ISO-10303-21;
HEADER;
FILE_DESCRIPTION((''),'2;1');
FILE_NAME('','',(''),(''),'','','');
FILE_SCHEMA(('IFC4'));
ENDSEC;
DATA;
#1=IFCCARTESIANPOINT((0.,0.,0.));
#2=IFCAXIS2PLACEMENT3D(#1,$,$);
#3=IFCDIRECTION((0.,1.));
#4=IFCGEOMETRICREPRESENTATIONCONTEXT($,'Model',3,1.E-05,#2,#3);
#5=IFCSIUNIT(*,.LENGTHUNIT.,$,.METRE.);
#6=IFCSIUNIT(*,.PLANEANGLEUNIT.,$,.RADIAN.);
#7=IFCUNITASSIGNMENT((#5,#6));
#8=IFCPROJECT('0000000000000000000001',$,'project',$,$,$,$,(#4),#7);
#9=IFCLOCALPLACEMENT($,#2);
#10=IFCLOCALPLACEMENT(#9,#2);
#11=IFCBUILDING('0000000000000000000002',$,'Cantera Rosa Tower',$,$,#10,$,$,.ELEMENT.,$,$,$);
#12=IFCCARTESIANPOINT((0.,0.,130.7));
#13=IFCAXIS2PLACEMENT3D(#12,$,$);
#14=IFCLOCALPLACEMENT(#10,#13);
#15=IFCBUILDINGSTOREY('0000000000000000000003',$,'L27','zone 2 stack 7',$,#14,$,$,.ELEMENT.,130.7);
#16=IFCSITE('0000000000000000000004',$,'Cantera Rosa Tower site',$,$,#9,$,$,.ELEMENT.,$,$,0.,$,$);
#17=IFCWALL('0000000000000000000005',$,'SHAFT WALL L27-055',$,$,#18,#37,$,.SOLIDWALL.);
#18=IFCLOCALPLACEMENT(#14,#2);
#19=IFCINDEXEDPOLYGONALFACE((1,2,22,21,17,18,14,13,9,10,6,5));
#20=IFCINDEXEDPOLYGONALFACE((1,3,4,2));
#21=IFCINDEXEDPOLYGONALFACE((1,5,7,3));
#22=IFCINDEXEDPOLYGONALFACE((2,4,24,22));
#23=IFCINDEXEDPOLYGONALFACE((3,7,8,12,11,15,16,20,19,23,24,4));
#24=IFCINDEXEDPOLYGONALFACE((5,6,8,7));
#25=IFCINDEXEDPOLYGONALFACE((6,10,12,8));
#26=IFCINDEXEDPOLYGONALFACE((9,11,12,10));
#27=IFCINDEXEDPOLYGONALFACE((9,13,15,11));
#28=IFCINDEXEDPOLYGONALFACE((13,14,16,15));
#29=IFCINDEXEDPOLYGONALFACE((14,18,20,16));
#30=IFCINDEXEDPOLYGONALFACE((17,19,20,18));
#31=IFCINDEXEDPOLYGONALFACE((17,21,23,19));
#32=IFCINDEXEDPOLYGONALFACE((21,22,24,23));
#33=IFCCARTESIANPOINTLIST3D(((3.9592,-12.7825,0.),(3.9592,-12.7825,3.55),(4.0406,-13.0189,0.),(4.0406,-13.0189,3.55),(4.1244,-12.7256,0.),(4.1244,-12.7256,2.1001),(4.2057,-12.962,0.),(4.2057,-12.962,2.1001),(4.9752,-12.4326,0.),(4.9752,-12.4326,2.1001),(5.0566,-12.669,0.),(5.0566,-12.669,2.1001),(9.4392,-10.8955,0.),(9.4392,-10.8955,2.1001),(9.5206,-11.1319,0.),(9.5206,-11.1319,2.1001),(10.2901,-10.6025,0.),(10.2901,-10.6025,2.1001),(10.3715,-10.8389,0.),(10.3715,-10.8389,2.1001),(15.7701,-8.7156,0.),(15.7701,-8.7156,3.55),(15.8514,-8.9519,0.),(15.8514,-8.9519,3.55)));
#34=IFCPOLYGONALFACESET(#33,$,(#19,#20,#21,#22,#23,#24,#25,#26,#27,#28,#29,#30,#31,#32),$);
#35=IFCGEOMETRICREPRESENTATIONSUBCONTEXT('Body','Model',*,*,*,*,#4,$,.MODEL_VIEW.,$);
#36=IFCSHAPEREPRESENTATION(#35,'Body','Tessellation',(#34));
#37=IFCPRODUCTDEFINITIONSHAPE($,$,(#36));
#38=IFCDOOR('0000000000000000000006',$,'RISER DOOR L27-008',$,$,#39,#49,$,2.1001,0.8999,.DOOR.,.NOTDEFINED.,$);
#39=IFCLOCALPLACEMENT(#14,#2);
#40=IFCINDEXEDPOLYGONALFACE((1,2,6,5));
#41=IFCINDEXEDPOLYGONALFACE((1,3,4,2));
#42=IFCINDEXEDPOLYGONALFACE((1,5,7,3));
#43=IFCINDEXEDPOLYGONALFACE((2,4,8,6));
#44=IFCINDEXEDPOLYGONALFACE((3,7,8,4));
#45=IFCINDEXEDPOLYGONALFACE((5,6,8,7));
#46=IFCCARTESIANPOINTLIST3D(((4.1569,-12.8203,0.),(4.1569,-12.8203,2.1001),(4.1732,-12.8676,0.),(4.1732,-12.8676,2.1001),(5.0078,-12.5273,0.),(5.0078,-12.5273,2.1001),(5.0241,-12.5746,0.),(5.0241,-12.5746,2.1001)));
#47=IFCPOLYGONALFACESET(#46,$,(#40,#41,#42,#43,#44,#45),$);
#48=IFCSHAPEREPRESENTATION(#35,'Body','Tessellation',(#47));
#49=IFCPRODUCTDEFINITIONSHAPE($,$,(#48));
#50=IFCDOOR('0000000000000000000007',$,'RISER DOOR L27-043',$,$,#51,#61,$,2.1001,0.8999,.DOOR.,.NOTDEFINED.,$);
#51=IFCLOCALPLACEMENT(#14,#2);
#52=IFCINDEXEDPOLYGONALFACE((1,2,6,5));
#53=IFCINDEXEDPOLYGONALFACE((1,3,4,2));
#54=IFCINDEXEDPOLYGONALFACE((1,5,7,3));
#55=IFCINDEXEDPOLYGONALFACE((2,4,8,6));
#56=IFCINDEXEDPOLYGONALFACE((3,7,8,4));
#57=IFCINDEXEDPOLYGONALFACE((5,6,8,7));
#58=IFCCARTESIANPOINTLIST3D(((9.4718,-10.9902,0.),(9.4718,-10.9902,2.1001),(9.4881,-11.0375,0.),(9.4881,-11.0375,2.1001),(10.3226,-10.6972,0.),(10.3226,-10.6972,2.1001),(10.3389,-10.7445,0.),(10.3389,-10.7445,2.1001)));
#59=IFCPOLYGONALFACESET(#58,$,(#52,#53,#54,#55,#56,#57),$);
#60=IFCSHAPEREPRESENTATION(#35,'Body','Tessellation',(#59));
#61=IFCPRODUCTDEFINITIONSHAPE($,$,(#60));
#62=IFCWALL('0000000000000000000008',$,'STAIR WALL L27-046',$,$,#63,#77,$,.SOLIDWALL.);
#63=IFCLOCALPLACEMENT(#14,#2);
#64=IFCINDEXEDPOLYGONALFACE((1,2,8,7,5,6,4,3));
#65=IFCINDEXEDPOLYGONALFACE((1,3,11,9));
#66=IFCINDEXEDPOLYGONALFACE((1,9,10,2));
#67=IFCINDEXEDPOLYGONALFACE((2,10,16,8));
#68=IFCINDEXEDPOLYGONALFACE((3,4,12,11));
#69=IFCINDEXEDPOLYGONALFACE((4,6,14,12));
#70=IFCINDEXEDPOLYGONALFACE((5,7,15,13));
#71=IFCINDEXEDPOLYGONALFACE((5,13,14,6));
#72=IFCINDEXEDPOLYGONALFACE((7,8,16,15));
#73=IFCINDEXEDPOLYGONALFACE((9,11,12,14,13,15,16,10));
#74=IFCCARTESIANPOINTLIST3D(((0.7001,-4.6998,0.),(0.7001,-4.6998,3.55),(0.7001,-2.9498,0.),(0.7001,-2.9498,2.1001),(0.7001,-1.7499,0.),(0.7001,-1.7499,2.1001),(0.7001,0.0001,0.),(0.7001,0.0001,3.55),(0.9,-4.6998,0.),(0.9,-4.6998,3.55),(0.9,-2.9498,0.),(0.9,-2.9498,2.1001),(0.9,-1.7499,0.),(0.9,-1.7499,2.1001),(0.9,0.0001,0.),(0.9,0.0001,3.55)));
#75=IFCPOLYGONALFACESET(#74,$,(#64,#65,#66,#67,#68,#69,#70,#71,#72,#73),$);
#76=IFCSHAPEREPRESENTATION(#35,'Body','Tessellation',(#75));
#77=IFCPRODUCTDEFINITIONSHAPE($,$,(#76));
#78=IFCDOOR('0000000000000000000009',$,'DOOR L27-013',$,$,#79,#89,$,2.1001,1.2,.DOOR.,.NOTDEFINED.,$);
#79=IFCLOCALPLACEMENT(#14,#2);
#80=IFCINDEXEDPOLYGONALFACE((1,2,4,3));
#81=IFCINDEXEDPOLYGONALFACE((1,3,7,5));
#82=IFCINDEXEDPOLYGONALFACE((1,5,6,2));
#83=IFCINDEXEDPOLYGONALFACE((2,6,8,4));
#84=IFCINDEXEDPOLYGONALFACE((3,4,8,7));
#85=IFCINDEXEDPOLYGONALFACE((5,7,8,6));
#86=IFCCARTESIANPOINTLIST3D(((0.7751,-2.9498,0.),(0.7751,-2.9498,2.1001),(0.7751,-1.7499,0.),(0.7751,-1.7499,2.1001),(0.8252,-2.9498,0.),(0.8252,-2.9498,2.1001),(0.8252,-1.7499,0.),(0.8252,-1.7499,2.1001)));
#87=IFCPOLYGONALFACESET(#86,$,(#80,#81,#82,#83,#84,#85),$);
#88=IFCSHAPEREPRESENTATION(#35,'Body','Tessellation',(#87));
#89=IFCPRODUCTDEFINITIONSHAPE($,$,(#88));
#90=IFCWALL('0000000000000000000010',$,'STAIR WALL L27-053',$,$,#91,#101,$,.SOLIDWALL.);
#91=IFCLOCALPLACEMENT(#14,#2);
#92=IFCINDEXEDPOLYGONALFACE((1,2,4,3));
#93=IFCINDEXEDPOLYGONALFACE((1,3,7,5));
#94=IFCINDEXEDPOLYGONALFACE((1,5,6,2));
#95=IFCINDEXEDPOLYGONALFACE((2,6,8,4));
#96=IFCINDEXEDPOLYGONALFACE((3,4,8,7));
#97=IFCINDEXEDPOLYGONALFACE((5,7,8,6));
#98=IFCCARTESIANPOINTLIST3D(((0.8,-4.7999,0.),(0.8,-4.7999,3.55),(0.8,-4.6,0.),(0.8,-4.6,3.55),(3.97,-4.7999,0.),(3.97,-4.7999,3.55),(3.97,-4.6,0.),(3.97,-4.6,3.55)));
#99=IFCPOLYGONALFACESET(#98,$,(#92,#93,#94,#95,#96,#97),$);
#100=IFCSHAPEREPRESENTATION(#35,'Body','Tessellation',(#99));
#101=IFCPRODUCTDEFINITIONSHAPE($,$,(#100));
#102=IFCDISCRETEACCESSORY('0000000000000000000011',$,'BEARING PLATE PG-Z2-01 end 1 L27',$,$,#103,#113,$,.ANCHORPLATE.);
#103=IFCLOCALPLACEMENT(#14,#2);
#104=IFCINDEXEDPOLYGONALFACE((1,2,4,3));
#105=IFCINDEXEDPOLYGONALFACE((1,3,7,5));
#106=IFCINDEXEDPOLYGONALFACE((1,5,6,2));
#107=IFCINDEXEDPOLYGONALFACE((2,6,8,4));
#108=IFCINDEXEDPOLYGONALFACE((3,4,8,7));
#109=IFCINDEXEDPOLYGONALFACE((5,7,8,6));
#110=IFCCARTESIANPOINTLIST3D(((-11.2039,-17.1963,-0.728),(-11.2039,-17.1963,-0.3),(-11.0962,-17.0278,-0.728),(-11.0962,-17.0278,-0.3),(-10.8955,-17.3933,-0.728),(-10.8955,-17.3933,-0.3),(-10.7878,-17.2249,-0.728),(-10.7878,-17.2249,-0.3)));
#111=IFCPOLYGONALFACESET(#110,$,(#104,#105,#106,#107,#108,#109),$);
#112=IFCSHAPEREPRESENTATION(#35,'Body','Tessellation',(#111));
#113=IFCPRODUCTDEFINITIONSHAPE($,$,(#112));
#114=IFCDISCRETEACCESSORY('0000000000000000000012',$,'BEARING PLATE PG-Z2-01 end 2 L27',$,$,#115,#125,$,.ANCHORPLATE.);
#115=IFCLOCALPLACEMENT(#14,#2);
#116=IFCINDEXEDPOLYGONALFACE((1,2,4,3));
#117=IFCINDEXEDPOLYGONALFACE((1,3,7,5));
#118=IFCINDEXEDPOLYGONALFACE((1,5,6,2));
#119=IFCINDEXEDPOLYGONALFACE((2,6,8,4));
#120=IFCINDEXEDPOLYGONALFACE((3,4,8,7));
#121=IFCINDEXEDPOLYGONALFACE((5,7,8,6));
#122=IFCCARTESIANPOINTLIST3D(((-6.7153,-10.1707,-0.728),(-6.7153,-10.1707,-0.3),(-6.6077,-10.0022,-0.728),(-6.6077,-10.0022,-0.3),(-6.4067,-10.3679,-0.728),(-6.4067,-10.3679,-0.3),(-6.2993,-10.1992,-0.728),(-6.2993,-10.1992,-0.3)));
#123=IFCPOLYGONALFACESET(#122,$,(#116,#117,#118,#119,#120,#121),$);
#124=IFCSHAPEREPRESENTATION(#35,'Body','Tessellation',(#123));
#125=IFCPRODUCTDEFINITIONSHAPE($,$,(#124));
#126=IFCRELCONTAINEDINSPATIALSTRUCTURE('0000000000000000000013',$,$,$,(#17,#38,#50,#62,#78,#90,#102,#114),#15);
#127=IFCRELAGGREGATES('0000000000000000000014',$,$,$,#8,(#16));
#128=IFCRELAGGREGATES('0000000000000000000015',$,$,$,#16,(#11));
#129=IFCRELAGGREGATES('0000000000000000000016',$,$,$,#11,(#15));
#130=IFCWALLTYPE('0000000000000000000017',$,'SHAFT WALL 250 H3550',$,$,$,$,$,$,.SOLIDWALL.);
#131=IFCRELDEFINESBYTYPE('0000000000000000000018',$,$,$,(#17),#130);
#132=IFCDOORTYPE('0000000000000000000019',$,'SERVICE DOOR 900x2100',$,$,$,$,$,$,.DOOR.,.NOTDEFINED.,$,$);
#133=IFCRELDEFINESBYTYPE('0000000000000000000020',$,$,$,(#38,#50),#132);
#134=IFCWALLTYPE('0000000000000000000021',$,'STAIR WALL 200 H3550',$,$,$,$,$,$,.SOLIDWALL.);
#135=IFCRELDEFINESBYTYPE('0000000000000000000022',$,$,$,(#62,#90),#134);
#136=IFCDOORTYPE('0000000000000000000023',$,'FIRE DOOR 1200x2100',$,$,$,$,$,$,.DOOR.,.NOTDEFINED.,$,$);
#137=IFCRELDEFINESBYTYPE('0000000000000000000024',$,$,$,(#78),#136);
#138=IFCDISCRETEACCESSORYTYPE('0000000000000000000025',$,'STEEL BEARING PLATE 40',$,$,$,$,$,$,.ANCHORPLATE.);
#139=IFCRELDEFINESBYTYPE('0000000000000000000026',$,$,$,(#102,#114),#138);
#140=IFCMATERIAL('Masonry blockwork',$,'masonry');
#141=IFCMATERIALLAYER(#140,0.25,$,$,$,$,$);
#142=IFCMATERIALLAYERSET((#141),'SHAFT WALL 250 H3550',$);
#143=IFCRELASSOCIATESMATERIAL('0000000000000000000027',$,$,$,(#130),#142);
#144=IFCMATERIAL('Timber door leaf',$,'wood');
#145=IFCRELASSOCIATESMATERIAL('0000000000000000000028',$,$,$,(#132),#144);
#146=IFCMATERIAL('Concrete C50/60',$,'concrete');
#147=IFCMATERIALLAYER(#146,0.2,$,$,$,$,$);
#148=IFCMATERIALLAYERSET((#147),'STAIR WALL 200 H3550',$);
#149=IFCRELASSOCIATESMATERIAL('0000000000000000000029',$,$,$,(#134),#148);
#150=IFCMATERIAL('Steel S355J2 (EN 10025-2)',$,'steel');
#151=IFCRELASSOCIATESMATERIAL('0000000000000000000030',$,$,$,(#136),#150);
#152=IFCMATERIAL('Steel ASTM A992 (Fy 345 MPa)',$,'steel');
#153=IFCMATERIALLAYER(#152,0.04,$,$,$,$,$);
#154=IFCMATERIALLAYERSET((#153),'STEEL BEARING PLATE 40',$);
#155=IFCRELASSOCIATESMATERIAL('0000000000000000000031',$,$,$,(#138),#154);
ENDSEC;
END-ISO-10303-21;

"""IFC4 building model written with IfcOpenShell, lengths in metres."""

from ifc_helpers import new_model, si_unit, direction, frame, frame_2d, origin, place, context, subcontext, project, spatial, polyline, rectangle, outline, extrude, material, layer, layer_set, type_object, element, fill, save


model = new_model("IFC4")

# Units and contexts
model_context = context("Model", 3, precision=1e-05, world=origin(), true_north=direction((0.0, 1.0)))
body_context = subcontext(model_context, "Body", "Model", "MODEL_VIEW")
ifc_project = project(units=[si_unit("LENGTHUNIT", "METRE"), si_unit("PLANEANGLEUNIT", "RADIAN")], contexts=[model_context])

# Site, building, storey
site_placement = place(None, origin())
site = spatial("IfcSite", under=ifc_project, at=site_placement, Name="Cantera Rosa Tower site", CompositionType="ELEMENT", RefElevation=0.0)
building_placement = place(site_placement, origin())
building = spatial("IfcBuilding", under=site, at=building_placement, Name="Cantera Rosa Tower", CompositionType="ELEMENT")
storey_placement = place(building_placement, frame((0.0, 0.0, 130.7)))
storey = spatial("IfcBuildingStorey", under=building, at=storey_placement, Name="L27", Description="zone 2 stack 7", CompositionType="ELEMENT", Elevation=130.7)

# Shared definitions
ifc_material_1 = material(Name="Masonry blockwork", Category="masonry")
ifc_layer_1 = layer(ifc_material_1, 0.25)
ifc_layer_set_1 = layer_set([ifc_layer_1], Name="SHAFT WALL 250 H3550")
wall_type_1 = type_object("IfcWallType", Name="SHAFT WALL 250 H3550", PredefinedType="SOLIDWALL", material=ifc_layer_set_1)

# Wall, openings, doors
wall_1_placement = place(storey_placement, frame((4.0, -12.9006, 0.0), z_axis=(0.0, 0.0, 1.0), x_axis=(0.945516, 0.325576, 0.0)))
wall_1 = element("IfcWall", 1, at=wall_1_placement, inside=storey, type_object=wall_type_1, Name="SHAFT WALL L27-055", PredefinedType="SOLIDWALL", context=body_context, shape_type="SweptSolid", body=[
    extrude(rectangle(XDim=12.4915, YDim=0.25, at=frame_2d((6.2456, 0.0))), origin(), (0.0, 0.0, 1.0), 3.55),
])
opening_1_placement = place(wall_1_placement, frame((0.1746, 0.0, 0.0)))
opening_1 = element("IfcOpeningElement", 2, at=opening_1_placement, cuts=wall_1, PredefinedType="OPENING", context=body_context, shape_type="SweptSolid", body=[
    extrude(rectangle(XDim=0.8999, YDim=2.1001, at=frame_2d((0.45, 1.05))), frame((0.0, 0.135, 0.0), z_axis=(0.0, -1.0, 0.0), x_axis=(1.0, 0.0, 0.0)), (0.0, 0.0, 1.0), 0.27),
])
opening_2_placement = place(wall_1_placement, frame((5.7957, 0.0, 0.0)))
opening_2 = element("IfcOpeningElement", 3, at=opening_2_placement, cuts=wall_1, PredefinedType="OPENING", context=body_context, shape_type="SweptSolid", body=[
    extrude(rectangle(XDim=0.8999, YDim=2.1001, at=frame_2d((0.45, 1.05))), frame((0.0, 0.135, 0.0), z_axis=(0.0, -1.0, 0.0), x_axis=(1.0, 0.0, 0.0)), (0.0, 0.0, 1.0), 0.27),
])
ifc_material_2 = material(Name="Timber door leaf", Category="wood")
door_type_1 = type_object("IfcDoorType", Name="SERVICE DOOR 900x2100", OperationType="NOTDEFINED", PredefinedType="DOOR", material=ifc_material_2)
door_1_placement = place(opening_1_placement, origin())
door_1 = element("IfcDoor", 4, at=door_1_placement, inside=storey, type_object=door_type_1, Name="RISER DOOR L27-008", OperationType="NOTDEFINED", OverallHeight=2.1001, OverallWidth=0.8999, PredefinedType="DOOR", context=body_context, shape_type="SweptSolid", body=[
    extrude(rectangle(XDim=0.8999, YDim=2.1001, at=frame_2d((0.45, 1.05))), frame((0.0, 0.0249, 0.0), z_axis=(0.0, -1.0, 0.0), x_axis=(1.0, 0.0, 0.0)), (0.0, 0.0, 1.0), 0.05),
])
fill(opening_1, door_1)
door_2_placement = place(opening_2_placement, origin())
door_2 = element("IfcDoor", 5, at=door_2_placement, inside=storey, type_object=door_type_1, Name="RISER DOOR L27-043", OperationType="NOTDEFINED", OverallHeight=2.1001, OverallWidth=0.8999, PredefinedType="DOOR", context=body_context, shape_type="SweptSolid", body=[
    extrude(rectangle(XDim=0.8999, YDim=2.1001, at=frame_2d((0.45, 1.05))), frame((0.0, 0.0249, 0.0), z_axis=(0.0, -1.0, 0.0), x_axis=(1.0, 0.0, 0.0)), (0.0, 0.0, 1.0), 0.05),
])
fill(opening_2, door_2)

# Wall, opening, door
ifc_material_3 = material(Name="Concrete C50/60", Category="concrete")
ifc_layer_2 = layer(ifc_material_3, 0.2)
ifc_layer_set_2 = layer_set([ifc_layer_2], Name="STAIR WALL 200 H3550")
wall_type_2 = type_object("IfcWallType", Name="STAIR WALL 200 H3550", PredefinedType="SOLIDWALL", material=ifc_layer_set_2)
wall_2_placement = place(storey_placement, frame((0.8, -4.7, 0.0), z_axis=(0.0, 0.0, 1.0), x_axis=(0.0, 1.0, 0.0)))
wall_2 = element("IfcWall", 6, at=wall_2_placement, inside=storey, type_object=wall_type_2, Name="STAIR WALL L27-046", PredefinedType="SOLIDWALL", context=body_context, shape_type="SweptSolid", body=[
    extrude(rectangle(XDim=4.7, YDim=0.2, at=frame_2d((2.3501, 0.0))), origin(), (0.0, 0.0, 1.0), 3.55),
])
opening_3_placement = place(wall_2_placement, frame((1.75, 0.0, 0.0)))
opening_3 = element("IfcOpeningElement", 7, at=opening_3_placement, cuts=wall_2, PredefinedType="OPENING", context=body_context, shape_type="SweptSolid", body=[
    extrude(rectangle(XDim=1.2, YDim=2.1001, at=frame_2d((0.6001, 1.05))), frame((0.0, 0.1099, 0.0), z_axis=(0.0, -1.0, 0.0), x_axis=(1.0, 0.0, 0.0)), (0.0, 0.0, 1.0), 0.22),
])
ifc_material_4 = material(Name="Steel S355J2 (EN 10025-2)", Category="steel")
door_type_2 = type_object("IfcDoorType", Name="FIRE DOOR 1200x2100", OperationType="NOTDEFINED", PredefinedType="DOOR", material=ifc_material_4)
door_3_placement = place(opening_3_placement, origin())
door_3 = element("IfcDoor", 8, at=door_3_placement, inside=storey, type_object=door_type_2, Name="DOOR L27-013", OperationType="NOTDEFINED", OverallHeight=2.1001, OverallWidth=1.2, PredefinedType="DOOR", context=body_context, shape_type="SweptSolid", body=[
    extrude(rectangle(XDim=1.2, YDim=2.1001, at=frame_2d((0.6001, 1.05))), frame((0.0, 0.0249, 0.0), z_axis=(0.0, -1.0, 0.0), x_axis=(1.0, 0.0, 0.0)), (0.0, 0.0, 1.0), 0.05),
])
fill(opening_3, door_3)

# Wall
wall_3_placement = place(storey_placement, frame((3.97, -4.7, 0.0), z_axis=(0.0, 0.0, 1.0), x_axis=(-1.0, 0.0, 0.0)))
element("IfcWall", 9, at=wall_3_placement, inside=storey, type_object=wall_type_2, Name="STAIR WALL L27-053", PredefinedType="SOLIDWALL", context=body_context, shape_type="SweptSolid", body=[
    extrude(rectangle(XDim=3.1699, YDim=0.2, at=frame_2d((1.585, 0.0))), origin(), (0.0, 0.0, 1.0), 3.55),
])

# Discrete accessories
ifc_material_5 = material(Name="Steel ASTM A992 (Fy 345 MPa)", Category="steel")
ifc_layer_3 = layer(ifc_material_5, 0.04)
ifc_layer_set_3 = layer_set([ifc_layer_3], Name="STEEL BEARING PLATE 40")
discrete_accessory_type = type_object("IfcDiscreteAccessoryType", Name="STEEL BEARING PLATE 40", PredefinedType="ANCHORPLATE", material=ifc_layer_set_3)
discrete_accessory_1_placement = place(storey_placement, frame((0.0, 0.0, -0.728)))
element("IfcDiscreteAccessory", 10, at=discrete_accessory_1_placement, inside=storey, type_object=discrete_accessory_type, Name="BEARING PLATE PG-Z2-01 end 1 L27", PredefinedType="ANCHORPLATE", context=body_context, shape_type="SweptSolid", body=[
    extrude(outline(polyline([(-11.0962, -17.0278), (-11.2039, -17.1963), (-10.8955, -17.3933), (-10.7878, -17.2249), (-11.0962, -17.0278)])), origin(), (0.0, 0.0, 1.0), 0.428),
])
discrete_accessory_2_placement = place(storey_placement, frame((0.0, 0.0, -0.728)))
element("IfcDiscreteAccessory", 11, at=discrete_accessory_2_placement, inside=storey, type_object=discrete_accessory_type, Name="BEARING PLATE PG-Z2-01 end 2 L27", PredefinedType="ANCHORPLATE", context=body_context, shape_type="SweptSolid", body=[
    extrude(outline(polyline([(-6.4067, -10.3679), (-6.2993, -10.1992), (-6.6077, -10.0022), (-6.7153, -10.1707), (-6.4067, -10.3679)])), origin(), (0.0, 0.0, 1.0), 0.428),
])

save(model, "model.ifc")
